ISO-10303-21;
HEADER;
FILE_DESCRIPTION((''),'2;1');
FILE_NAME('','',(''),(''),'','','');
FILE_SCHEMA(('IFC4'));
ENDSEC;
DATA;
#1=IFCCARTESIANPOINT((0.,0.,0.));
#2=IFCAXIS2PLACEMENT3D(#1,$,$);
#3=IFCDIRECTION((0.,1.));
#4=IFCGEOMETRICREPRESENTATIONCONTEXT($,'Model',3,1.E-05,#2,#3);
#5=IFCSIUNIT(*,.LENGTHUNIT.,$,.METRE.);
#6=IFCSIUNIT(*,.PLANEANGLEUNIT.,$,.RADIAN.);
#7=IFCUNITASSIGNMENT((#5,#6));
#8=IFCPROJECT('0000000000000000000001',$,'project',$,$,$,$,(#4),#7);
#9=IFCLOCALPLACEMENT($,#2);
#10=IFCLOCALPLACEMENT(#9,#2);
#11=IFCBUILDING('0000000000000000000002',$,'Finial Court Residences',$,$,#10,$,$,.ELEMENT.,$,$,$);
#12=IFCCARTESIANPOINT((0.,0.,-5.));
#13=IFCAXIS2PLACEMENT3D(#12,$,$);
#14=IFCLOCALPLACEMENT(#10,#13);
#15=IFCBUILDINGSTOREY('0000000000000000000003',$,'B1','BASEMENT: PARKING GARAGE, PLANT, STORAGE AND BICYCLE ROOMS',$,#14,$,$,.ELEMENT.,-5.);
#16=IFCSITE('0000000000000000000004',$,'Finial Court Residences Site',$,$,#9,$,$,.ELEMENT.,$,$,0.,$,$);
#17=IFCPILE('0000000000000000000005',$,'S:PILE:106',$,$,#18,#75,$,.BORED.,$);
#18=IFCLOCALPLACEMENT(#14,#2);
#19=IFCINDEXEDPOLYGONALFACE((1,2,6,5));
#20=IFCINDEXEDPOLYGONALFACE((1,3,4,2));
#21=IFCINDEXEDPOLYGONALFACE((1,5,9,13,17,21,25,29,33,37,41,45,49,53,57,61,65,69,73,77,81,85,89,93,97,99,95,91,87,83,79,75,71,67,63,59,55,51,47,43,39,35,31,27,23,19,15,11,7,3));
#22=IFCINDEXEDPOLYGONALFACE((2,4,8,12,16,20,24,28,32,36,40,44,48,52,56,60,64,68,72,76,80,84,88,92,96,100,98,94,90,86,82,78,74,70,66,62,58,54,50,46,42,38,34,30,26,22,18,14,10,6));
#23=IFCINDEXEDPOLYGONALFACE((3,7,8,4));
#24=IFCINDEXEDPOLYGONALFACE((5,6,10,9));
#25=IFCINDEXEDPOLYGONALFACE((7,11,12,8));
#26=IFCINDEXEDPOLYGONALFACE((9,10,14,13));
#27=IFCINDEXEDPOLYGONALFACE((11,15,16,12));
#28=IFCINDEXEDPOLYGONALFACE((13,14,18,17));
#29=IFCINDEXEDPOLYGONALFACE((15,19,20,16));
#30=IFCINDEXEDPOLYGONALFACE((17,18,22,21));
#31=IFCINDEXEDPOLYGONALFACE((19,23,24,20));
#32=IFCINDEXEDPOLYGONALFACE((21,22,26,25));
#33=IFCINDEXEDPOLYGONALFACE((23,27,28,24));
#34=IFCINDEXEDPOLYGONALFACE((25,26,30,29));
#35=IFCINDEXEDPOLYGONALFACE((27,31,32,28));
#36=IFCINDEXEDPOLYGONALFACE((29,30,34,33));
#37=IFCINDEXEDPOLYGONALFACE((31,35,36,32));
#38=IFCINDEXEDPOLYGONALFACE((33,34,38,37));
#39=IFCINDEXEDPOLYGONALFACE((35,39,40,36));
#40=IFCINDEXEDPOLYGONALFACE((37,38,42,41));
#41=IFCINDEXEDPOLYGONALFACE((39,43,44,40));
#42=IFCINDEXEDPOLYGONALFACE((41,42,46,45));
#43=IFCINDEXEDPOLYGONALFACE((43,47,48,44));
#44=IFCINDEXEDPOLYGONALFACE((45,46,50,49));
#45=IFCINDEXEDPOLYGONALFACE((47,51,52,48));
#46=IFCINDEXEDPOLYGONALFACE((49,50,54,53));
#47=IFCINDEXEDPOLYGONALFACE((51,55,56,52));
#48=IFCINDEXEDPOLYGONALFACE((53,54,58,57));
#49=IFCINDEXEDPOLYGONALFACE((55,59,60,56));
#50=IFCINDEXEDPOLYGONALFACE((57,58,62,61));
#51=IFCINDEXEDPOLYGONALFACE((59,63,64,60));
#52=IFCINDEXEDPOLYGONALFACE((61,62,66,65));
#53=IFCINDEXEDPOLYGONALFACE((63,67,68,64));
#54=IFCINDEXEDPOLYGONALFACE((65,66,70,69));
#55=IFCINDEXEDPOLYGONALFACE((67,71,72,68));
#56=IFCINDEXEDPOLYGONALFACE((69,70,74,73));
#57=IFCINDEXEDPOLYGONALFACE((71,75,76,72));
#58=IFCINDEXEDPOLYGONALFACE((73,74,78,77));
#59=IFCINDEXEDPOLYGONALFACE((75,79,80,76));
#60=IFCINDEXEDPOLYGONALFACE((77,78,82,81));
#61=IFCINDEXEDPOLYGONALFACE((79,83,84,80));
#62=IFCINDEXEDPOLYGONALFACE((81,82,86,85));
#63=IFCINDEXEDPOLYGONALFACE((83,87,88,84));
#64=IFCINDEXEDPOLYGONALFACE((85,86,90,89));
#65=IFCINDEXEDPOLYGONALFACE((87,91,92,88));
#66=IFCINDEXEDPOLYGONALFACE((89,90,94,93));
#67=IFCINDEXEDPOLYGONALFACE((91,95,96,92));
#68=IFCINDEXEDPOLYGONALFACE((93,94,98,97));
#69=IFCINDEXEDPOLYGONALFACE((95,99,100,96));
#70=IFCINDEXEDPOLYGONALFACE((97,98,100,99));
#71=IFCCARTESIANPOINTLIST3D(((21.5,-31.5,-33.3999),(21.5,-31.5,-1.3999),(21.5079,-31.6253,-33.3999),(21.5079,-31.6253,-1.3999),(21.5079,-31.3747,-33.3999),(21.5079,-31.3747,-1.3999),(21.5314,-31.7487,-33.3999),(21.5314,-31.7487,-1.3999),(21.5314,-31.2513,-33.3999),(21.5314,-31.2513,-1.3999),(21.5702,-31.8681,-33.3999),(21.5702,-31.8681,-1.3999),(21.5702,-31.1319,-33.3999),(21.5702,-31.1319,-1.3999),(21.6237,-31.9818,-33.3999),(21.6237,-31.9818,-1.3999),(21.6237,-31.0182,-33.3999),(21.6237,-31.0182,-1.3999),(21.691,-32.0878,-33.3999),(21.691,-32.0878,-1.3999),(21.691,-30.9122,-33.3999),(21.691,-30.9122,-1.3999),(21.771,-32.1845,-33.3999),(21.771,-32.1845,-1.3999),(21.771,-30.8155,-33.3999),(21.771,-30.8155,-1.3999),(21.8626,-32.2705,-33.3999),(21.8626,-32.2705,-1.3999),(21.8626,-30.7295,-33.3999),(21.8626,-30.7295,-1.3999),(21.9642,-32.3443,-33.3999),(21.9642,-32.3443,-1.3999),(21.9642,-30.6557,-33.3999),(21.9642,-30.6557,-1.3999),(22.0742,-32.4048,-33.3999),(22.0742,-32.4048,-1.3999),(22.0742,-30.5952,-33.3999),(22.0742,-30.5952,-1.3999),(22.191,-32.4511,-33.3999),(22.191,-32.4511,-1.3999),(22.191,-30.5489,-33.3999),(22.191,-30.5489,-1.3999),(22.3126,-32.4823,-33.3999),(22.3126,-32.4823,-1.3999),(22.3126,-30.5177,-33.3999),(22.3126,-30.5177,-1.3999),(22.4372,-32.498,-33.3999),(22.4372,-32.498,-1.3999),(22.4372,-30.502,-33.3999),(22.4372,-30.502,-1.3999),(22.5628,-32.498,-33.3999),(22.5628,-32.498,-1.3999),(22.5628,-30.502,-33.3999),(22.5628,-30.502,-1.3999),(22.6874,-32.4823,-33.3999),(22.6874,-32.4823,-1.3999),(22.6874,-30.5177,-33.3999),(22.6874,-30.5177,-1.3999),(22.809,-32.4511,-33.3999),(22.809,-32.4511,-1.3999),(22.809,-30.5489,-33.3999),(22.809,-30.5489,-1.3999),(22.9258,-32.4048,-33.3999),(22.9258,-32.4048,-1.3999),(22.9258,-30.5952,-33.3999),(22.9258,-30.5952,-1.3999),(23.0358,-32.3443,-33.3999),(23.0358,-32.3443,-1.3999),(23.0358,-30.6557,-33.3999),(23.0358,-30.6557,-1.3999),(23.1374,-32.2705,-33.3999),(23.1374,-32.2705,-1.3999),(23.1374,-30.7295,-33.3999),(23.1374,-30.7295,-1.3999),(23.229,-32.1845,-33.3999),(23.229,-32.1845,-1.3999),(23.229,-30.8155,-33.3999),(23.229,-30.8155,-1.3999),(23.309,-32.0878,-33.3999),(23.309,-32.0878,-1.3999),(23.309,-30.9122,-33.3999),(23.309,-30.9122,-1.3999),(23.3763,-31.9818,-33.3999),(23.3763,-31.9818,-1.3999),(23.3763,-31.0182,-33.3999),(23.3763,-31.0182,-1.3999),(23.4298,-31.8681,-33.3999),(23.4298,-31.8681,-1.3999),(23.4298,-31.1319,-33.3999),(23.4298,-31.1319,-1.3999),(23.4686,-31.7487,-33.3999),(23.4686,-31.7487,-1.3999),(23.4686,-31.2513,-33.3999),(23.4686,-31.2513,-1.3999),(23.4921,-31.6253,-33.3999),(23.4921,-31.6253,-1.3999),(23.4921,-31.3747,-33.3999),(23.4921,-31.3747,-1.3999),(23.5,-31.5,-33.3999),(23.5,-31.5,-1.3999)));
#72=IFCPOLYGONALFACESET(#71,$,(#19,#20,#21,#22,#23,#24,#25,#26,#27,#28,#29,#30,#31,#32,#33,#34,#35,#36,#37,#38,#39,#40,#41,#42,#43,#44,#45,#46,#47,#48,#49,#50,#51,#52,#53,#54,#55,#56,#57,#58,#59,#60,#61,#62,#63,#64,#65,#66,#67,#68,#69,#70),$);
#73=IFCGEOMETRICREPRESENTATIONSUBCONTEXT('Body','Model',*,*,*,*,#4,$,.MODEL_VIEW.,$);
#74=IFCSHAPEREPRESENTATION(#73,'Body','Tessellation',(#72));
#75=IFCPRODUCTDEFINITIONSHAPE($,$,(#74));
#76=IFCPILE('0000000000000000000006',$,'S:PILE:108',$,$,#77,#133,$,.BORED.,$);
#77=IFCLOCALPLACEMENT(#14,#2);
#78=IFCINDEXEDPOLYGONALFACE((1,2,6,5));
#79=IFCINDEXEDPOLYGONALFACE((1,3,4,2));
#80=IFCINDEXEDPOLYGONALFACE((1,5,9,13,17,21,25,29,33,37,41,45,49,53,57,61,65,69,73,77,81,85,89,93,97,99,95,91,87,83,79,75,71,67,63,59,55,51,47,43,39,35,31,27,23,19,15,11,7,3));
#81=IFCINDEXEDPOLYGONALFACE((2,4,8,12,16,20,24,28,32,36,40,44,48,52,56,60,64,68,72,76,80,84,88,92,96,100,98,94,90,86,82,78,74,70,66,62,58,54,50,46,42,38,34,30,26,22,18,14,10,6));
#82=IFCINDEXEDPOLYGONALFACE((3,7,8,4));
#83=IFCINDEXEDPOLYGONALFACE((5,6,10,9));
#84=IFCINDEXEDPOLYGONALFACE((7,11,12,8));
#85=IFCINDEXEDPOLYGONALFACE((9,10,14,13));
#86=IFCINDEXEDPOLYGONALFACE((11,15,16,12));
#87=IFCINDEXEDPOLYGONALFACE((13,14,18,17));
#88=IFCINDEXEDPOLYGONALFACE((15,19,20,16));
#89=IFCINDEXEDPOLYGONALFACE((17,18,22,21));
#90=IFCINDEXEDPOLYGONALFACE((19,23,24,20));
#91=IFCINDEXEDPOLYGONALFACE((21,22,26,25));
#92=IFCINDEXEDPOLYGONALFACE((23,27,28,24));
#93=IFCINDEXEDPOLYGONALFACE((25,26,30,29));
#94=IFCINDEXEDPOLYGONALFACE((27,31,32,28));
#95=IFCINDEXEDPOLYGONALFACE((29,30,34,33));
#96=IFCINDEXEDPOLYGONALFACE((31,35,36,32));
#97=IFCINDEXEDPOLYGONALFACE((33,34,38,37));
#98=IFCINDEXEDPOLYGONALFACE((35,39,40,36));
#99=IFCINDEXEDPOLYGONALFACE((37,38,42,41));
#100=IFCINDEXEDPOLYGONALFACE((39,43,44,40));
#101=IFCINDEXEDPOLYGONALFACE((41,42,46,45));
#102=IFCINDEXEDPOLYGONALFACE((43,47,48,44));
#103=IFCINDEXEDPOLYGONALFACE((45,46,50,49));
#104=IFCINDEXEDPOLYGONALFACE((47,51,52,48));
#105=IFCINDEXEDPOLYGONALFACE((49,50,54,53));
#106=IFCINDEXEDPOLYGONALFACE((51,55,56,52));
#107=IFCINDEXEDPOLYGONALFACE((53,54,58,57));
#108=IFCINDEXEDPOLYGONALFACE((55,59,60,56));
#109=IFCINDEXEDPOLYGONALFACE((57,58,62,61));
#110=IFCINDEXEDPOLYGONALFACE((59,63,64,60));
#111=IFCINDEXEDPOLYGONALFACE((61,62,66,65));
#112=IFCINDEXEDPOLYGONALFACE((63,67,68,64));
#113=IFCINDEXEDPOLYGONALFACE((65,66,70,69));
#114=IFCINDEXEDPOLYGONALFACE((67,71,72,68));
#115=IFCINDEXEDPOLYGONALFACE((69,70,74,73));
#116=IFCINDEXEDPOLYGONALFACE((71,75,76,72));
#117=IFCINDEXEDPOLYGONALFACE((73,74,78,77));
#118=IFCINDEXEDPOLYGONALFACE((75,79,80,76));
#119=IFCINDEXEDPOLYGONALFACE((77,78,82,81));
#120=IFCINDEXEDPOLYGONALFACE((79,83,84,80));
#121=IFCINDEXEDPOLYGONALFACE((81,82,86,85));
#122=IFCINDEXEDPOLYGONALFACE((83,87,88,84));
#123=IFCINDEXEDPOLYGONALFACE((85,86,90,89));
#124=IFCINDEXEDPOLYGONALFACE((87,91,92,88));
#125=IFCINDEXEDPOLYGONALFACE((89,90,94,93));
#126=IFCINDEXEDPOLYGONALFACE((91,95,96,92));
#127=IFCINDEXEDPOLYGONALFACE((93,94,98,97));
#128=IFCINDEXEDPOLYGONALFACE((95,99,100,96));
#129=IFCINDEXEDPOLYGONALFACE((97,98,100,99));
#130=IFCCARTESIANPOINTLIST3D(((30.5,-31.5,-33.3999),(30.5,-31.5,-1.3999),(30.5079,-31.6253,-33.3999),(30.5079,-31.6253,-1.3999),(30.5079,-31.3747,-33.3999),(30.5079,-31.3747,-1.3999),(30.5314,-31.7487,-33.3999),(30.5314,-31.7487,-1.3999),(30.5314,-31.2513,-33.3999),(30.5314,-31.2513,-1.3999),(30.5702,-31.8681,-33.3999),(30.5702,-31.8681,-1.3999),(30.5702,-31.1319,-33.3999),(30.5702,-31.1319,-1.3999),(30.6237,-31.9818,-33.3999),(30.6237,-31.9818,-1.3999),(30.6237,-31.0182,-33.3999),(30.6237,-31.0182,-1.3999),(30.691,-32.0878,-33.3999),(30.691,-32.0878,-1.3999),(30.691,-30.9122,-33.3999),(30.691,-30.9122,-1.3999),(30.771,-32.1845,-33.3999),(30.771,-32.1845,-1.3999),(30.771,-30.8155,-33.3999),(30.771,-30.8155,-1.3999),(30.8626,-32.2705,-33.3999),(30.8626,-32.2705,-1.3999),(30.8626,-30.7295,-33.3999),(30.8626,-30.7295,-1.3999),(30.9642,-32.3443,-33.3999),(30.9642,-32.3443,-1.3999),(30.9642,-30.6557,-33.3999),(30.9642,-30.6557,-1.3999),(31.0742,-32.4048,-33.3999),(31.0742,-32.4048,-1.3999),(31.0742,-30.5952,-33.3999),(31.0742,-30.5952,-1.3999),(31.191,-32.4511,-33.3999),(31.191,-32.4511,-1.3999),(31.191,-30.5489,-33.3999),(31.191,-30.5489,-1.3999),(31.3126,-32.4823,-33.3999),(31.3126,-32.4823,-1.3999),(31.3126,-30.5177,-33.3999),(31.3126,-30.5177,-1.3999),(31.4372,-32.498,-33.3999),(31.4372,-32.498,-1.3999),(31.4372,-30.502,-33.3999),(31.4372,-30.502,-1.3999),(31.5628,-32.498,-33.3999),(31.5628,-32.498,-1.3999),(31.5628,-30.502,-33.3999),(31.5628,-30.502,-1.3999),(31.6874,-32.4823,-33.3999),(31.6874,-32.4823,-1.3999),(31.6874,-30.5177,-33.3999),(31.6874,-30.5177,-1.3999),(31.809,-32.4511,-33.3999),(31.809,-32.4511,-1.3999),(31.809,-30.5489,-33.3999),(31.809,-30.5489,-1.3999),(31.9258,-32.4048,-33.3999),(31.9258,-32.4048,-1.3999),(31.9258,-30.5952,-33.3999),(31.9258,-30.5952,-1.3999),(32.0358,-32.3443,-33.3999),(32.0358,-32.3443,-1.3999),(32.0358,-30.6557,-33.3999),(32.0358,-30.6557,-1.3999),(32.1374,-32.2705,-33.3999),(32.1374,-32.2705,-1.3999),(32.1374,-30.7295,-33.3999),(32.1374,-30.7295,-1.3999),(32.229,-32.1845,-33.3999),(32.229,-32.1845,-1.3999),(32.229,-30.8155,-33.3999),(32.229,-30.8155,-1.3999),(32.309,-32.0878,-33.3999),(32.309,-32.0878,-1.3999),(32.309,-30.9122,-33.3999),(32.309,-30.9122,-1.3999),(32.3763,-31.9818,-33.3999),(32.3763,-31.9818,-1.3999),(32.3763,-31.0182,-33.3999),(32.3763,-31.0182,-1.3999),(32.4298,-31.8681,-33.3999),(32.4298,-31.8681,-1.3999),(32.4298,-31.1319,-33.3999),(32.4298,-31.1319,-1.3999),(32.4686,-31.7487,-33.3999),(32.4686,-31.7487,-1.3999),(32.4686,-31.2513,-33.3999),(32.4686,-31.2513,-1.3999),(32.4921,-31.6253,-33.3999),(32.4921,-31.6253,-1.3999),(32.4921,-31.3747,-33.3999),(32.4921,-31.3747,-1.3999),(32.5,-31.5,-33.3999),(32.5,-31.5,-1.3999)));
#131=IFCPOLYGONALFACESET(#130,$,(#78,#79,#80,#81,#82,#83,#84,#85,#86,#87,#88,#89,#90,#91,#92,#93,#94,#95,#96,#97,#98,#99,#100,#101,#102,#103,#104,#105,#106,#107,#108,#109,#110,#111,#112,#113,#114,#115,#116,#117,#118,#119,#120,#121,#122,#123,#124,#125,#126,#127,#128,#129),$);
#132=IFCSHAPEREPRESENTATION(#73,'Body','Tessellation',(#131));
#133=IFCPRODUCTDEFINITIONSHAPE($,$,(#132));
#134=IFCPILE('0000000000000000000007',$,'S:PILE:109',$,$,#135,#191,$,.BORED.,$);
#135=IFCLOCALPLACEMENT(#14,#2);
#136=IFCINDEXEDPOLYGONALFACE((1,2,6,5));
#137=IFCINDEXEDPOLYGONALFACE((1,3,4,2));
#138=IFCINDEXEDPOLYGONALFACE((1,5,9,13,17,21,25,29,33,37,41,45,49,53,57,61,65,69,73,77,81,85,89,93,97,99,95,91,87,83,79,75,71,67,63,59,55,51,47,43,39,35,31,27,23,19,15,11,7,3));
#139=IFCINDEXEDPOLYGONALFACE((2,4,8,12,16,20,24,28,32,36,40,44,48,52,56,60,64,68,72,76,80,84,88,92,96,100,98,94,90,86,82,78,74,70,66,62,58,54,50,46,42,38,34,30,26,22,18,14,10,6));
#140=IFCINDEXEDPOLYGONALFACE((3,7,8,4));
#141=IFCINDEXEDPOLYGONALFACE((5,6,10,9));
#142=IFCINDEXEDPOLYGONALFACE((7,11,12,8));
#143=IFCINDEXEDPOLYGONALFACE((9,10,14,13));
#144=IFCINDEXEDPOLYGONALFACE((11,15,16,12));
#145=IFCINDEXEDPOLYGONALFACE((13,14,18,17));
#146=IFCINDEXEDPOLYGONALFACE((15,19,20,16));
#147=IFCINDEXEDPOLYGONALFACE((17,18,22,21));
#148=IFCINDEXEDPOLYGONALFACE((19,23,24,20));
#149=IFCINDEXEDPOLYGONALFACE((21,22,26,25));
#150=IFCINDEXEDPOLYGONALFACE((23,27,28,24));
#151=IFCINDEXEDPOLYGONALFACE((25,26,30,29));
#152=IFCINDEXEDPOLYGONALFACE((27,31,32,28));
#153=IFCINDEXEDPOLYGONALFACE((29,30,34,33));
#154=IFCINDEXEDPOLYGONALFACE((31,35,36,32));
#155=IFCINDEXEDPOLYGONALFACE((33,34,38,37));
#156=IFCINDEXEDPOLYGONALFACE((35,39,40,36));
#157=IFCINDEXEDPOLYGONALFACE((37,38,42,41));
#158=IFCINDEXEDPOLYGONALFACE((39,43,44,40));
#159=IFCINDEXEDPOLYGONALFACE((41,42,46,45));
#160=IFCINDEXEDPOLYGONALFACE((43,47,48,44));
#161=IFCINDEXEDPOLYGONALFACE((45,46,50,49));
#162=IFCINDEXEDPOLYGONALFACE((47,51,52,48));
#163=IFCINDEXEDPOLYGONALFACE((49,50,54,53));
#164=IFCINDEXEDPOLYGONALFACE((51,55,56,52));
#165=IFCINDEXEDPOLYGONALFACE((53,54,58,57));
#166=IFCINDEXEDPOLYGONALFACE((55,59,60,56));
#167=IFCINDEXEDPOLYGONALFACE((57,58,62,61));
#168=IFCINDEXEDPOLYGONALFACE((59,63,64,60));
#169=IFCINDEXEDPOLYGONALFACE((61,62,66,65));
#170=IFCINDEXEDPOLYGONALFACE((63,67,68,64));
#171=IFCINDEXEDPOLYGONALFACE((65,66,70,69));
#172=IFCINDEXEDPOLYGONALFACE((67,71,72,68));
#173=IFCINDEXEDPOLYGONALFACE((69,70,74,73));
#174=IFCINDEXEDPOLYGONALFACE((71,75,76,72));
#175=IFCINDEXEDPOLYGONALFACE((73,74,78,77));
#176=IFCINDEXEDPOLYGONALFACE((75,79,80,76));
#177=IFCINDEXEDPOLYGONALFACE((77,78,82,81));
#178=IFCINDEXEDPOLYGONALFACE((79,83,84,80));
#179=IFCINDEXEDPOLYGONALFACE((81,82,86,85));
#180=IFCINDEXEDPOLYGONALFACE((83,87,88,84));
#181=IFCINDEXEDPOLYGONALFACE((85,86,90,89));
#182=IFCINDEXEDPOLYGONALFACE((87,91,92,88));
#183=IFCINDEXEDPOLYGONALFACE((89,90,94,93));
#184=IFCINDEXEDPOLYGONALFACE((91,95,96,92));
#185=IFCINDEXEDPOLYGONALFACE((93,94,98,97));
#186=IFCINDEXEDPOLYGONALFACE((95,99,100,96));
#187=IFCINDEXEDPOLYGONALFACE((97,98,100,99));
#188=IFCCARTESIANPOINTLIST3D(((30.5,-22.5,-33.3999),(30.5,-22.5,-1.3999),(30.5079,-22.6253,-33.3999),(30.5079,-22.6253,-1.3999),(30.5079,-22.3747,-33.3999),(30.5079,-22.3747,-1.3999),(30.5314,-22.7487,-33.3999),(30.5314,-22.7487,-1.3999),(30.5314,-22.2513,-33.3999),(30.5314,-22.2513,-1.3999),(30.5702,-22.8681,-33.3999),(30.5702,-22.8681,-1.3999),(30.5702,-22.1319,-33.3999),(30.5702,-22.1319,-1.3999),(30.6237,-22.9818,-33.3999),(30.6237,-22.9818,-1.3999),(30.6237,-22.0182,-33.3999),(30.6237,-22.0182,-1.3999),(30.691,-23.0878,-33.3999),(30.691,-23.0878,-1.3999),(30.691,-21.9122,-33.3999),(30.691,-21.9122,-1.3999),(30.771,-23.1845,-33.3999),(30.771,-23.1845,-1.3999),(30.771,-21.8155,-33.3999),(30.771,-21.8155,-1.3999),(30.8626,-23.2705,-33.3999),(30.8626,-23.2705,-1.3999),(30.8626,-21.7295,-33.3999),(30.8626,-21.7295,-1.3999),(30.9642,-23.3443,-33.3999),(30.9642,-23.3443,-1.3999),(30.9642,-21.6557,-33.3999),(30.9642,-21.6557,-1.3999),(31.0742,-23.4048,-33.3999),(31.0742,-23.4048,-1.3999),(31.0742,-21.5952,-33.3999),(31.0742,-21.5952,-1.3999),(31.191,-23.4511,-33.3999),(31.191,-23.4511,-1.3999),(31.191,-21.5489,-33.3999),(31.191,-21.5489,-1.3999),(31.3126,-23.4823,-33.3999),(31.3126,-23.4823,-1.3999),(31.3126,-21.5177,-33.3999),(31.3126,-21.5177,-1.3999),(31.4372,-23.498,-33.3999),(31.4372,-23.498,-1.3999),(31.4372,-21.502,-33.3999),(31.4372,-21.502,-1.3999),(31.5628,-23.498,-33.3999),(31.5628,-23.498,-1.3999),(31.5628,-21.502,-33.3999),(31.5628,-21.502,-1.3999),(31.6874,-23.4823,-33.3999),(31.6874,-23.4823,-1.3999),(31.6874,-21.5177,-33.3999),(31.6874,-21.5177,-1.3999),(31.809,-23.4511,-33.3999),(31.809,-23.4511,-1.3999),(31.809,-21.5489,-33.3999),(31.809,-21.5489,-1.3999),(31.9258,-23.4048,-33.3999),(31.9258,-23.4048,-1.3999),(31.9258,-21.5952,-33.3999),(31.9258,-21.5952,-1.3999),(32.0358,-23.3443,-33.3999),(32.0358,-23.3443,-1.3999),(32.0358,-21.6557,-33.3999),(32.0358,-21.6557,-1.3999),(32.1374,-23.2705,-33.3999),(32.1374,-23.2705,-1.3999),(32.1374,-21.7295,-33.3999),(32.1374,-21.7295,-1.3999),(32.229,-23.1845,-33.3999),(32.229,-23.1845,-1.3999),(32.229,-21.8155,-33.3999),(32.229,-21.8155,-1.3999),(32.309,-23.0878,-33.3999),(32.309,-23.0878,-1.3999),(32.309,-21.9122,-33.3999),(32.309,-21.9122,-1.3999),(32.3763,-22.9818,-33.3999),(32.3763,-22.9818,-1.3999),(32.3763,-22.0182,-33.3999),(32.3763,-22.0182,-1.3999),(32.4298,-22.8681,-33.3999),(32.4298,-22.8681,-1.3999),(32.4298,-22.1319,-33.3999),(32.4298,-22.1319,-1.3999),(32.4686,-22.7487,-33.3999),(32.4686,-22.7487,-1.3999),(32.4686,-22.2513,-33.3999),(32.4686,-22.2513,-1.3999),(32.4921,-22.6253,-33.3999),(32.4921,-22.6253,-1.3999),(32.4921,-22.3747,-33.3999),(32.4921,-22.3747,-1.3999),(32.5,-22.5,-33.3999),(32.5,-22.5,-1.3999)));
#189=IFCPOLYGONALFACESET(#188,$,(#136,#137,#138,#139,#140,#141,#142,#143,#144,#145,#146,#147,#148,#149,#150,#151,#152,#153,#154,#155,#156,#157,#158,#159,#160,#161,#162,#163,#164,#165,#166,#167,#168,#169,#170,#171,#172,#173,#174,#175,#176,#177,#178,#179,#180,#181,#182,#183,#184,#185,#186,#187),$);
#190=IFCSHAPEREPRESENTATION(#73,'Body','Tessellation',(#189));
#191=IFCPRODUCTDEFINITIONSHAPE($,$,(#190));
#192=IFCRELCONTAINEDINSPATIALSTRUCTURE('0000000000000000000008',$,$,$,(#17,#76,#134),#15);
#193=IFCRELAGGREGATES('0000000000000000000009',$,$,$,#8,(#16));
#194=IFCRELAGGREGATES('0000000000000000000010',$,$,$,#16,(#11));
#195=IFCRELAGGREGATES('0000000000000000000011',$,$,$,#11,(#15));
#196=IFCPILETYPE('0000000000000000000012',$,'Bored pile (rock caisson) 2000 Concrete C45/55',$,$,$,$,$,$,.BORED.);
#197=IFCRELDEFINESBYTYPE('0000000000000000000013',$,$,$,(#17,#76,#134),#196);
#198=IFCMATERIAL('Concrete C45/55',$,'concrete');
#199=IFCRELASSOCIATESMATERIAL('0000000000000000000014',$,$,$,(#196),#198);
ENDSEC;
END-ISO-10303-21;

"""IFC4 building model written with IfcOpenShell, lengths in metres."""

from ifc_helpers import new_model, si_unit, direction, frame, origin, origin_2d, place, context, subcontext, project, spatial, circle, extrude, material, material_profile, profile_set, type_object, element, save


model = new_model("IFC4")

# Units and contexts
model_context = context("Model", 3, precision=1e-05, world=origin(), true_north=direction((0.0, 1.0)))
body_context = subcontext(model_context, "Body", "Model", "MODEL_VIEW")
ifc_project = project(units=[si_unit("LENGTHUNIT", "METRE"), si_unit("PLANEANGLEUNIT", "RADIAN")], contexts=[model_context])

# Site, building, storey
site_placement = place(None, origin())
site = spatial("IfcSite", under=ifc_project, at=site_placement, Name="Finial Court Residences Site", CompositionType="ELEMENT", RefElevation=0.0)
building_placement = place(site_placement, origin())
building = spatial("IfcBuilding", under=site, at=building_placement, Name="Finial Court Residences", CompositionType="ELEMENT")
storey_placement = place(building_placement, frame((0.0, 0.0, -5.0)))
storey = spatial("IfcBuildingStorey", under=building, at=storey_placement, Name="B1", Description="BASEMENT: PARKING GARAGE, PLANT, STORAGE AND BICYCLE ROOMS", CompositionType="ELEMENT", Elevation=-5.0)

# Piles
ifc_material_1 = material(Name="Concrete C45/55", Category="concrete")
ifc_material_profile_1 = material_profile(ifc_material_1, circle(Radius=1.0, at=origin_2d()), Name="D2000")
ifc_profile_set_1 = profile_set([ifc_material_profile_1], Name="Concrete C45/55")
pile_type = type_object("IfcPileType", Name="Bored pile (rock caisson) 2000 Concrete C45/55", PredefinedType="BORED", material=ifc_profile_set_1)
for number, where, z_axis, x_axis, name in (
    (1, (22.5, -31.5, -1.3999), (0.0, 0.0, -1.0), (1.0, 0.0, 0.0), "S:PILE:106"),
    (2, (31.5, -31.5, -1.3999), (0.0, 0.0, -1.0), (1.0, 0.0, 0.0), "S:PILE:108"),
    (3, (31.5, -22.5, -1.3999), (0.0, 0.0, -1.0), (1.0, 0.0, 0.0), "S:PILE:109"),
):
    element("IfcPile", number, at=place(storey_placement, frame(where, z_axis=z_axis, x_axis=x_axis)), inside=storey, type_object=pile_type, Name=name, PredefinedType="BORED", context=body_context, shape_type="SweptSolid", body=[
        extrude(circle(Radius=1.0, at=origin_2d()), origin(), (0.0, 0.0, 1.0), 32.0),
    ])

save(model, "model.ifc")
